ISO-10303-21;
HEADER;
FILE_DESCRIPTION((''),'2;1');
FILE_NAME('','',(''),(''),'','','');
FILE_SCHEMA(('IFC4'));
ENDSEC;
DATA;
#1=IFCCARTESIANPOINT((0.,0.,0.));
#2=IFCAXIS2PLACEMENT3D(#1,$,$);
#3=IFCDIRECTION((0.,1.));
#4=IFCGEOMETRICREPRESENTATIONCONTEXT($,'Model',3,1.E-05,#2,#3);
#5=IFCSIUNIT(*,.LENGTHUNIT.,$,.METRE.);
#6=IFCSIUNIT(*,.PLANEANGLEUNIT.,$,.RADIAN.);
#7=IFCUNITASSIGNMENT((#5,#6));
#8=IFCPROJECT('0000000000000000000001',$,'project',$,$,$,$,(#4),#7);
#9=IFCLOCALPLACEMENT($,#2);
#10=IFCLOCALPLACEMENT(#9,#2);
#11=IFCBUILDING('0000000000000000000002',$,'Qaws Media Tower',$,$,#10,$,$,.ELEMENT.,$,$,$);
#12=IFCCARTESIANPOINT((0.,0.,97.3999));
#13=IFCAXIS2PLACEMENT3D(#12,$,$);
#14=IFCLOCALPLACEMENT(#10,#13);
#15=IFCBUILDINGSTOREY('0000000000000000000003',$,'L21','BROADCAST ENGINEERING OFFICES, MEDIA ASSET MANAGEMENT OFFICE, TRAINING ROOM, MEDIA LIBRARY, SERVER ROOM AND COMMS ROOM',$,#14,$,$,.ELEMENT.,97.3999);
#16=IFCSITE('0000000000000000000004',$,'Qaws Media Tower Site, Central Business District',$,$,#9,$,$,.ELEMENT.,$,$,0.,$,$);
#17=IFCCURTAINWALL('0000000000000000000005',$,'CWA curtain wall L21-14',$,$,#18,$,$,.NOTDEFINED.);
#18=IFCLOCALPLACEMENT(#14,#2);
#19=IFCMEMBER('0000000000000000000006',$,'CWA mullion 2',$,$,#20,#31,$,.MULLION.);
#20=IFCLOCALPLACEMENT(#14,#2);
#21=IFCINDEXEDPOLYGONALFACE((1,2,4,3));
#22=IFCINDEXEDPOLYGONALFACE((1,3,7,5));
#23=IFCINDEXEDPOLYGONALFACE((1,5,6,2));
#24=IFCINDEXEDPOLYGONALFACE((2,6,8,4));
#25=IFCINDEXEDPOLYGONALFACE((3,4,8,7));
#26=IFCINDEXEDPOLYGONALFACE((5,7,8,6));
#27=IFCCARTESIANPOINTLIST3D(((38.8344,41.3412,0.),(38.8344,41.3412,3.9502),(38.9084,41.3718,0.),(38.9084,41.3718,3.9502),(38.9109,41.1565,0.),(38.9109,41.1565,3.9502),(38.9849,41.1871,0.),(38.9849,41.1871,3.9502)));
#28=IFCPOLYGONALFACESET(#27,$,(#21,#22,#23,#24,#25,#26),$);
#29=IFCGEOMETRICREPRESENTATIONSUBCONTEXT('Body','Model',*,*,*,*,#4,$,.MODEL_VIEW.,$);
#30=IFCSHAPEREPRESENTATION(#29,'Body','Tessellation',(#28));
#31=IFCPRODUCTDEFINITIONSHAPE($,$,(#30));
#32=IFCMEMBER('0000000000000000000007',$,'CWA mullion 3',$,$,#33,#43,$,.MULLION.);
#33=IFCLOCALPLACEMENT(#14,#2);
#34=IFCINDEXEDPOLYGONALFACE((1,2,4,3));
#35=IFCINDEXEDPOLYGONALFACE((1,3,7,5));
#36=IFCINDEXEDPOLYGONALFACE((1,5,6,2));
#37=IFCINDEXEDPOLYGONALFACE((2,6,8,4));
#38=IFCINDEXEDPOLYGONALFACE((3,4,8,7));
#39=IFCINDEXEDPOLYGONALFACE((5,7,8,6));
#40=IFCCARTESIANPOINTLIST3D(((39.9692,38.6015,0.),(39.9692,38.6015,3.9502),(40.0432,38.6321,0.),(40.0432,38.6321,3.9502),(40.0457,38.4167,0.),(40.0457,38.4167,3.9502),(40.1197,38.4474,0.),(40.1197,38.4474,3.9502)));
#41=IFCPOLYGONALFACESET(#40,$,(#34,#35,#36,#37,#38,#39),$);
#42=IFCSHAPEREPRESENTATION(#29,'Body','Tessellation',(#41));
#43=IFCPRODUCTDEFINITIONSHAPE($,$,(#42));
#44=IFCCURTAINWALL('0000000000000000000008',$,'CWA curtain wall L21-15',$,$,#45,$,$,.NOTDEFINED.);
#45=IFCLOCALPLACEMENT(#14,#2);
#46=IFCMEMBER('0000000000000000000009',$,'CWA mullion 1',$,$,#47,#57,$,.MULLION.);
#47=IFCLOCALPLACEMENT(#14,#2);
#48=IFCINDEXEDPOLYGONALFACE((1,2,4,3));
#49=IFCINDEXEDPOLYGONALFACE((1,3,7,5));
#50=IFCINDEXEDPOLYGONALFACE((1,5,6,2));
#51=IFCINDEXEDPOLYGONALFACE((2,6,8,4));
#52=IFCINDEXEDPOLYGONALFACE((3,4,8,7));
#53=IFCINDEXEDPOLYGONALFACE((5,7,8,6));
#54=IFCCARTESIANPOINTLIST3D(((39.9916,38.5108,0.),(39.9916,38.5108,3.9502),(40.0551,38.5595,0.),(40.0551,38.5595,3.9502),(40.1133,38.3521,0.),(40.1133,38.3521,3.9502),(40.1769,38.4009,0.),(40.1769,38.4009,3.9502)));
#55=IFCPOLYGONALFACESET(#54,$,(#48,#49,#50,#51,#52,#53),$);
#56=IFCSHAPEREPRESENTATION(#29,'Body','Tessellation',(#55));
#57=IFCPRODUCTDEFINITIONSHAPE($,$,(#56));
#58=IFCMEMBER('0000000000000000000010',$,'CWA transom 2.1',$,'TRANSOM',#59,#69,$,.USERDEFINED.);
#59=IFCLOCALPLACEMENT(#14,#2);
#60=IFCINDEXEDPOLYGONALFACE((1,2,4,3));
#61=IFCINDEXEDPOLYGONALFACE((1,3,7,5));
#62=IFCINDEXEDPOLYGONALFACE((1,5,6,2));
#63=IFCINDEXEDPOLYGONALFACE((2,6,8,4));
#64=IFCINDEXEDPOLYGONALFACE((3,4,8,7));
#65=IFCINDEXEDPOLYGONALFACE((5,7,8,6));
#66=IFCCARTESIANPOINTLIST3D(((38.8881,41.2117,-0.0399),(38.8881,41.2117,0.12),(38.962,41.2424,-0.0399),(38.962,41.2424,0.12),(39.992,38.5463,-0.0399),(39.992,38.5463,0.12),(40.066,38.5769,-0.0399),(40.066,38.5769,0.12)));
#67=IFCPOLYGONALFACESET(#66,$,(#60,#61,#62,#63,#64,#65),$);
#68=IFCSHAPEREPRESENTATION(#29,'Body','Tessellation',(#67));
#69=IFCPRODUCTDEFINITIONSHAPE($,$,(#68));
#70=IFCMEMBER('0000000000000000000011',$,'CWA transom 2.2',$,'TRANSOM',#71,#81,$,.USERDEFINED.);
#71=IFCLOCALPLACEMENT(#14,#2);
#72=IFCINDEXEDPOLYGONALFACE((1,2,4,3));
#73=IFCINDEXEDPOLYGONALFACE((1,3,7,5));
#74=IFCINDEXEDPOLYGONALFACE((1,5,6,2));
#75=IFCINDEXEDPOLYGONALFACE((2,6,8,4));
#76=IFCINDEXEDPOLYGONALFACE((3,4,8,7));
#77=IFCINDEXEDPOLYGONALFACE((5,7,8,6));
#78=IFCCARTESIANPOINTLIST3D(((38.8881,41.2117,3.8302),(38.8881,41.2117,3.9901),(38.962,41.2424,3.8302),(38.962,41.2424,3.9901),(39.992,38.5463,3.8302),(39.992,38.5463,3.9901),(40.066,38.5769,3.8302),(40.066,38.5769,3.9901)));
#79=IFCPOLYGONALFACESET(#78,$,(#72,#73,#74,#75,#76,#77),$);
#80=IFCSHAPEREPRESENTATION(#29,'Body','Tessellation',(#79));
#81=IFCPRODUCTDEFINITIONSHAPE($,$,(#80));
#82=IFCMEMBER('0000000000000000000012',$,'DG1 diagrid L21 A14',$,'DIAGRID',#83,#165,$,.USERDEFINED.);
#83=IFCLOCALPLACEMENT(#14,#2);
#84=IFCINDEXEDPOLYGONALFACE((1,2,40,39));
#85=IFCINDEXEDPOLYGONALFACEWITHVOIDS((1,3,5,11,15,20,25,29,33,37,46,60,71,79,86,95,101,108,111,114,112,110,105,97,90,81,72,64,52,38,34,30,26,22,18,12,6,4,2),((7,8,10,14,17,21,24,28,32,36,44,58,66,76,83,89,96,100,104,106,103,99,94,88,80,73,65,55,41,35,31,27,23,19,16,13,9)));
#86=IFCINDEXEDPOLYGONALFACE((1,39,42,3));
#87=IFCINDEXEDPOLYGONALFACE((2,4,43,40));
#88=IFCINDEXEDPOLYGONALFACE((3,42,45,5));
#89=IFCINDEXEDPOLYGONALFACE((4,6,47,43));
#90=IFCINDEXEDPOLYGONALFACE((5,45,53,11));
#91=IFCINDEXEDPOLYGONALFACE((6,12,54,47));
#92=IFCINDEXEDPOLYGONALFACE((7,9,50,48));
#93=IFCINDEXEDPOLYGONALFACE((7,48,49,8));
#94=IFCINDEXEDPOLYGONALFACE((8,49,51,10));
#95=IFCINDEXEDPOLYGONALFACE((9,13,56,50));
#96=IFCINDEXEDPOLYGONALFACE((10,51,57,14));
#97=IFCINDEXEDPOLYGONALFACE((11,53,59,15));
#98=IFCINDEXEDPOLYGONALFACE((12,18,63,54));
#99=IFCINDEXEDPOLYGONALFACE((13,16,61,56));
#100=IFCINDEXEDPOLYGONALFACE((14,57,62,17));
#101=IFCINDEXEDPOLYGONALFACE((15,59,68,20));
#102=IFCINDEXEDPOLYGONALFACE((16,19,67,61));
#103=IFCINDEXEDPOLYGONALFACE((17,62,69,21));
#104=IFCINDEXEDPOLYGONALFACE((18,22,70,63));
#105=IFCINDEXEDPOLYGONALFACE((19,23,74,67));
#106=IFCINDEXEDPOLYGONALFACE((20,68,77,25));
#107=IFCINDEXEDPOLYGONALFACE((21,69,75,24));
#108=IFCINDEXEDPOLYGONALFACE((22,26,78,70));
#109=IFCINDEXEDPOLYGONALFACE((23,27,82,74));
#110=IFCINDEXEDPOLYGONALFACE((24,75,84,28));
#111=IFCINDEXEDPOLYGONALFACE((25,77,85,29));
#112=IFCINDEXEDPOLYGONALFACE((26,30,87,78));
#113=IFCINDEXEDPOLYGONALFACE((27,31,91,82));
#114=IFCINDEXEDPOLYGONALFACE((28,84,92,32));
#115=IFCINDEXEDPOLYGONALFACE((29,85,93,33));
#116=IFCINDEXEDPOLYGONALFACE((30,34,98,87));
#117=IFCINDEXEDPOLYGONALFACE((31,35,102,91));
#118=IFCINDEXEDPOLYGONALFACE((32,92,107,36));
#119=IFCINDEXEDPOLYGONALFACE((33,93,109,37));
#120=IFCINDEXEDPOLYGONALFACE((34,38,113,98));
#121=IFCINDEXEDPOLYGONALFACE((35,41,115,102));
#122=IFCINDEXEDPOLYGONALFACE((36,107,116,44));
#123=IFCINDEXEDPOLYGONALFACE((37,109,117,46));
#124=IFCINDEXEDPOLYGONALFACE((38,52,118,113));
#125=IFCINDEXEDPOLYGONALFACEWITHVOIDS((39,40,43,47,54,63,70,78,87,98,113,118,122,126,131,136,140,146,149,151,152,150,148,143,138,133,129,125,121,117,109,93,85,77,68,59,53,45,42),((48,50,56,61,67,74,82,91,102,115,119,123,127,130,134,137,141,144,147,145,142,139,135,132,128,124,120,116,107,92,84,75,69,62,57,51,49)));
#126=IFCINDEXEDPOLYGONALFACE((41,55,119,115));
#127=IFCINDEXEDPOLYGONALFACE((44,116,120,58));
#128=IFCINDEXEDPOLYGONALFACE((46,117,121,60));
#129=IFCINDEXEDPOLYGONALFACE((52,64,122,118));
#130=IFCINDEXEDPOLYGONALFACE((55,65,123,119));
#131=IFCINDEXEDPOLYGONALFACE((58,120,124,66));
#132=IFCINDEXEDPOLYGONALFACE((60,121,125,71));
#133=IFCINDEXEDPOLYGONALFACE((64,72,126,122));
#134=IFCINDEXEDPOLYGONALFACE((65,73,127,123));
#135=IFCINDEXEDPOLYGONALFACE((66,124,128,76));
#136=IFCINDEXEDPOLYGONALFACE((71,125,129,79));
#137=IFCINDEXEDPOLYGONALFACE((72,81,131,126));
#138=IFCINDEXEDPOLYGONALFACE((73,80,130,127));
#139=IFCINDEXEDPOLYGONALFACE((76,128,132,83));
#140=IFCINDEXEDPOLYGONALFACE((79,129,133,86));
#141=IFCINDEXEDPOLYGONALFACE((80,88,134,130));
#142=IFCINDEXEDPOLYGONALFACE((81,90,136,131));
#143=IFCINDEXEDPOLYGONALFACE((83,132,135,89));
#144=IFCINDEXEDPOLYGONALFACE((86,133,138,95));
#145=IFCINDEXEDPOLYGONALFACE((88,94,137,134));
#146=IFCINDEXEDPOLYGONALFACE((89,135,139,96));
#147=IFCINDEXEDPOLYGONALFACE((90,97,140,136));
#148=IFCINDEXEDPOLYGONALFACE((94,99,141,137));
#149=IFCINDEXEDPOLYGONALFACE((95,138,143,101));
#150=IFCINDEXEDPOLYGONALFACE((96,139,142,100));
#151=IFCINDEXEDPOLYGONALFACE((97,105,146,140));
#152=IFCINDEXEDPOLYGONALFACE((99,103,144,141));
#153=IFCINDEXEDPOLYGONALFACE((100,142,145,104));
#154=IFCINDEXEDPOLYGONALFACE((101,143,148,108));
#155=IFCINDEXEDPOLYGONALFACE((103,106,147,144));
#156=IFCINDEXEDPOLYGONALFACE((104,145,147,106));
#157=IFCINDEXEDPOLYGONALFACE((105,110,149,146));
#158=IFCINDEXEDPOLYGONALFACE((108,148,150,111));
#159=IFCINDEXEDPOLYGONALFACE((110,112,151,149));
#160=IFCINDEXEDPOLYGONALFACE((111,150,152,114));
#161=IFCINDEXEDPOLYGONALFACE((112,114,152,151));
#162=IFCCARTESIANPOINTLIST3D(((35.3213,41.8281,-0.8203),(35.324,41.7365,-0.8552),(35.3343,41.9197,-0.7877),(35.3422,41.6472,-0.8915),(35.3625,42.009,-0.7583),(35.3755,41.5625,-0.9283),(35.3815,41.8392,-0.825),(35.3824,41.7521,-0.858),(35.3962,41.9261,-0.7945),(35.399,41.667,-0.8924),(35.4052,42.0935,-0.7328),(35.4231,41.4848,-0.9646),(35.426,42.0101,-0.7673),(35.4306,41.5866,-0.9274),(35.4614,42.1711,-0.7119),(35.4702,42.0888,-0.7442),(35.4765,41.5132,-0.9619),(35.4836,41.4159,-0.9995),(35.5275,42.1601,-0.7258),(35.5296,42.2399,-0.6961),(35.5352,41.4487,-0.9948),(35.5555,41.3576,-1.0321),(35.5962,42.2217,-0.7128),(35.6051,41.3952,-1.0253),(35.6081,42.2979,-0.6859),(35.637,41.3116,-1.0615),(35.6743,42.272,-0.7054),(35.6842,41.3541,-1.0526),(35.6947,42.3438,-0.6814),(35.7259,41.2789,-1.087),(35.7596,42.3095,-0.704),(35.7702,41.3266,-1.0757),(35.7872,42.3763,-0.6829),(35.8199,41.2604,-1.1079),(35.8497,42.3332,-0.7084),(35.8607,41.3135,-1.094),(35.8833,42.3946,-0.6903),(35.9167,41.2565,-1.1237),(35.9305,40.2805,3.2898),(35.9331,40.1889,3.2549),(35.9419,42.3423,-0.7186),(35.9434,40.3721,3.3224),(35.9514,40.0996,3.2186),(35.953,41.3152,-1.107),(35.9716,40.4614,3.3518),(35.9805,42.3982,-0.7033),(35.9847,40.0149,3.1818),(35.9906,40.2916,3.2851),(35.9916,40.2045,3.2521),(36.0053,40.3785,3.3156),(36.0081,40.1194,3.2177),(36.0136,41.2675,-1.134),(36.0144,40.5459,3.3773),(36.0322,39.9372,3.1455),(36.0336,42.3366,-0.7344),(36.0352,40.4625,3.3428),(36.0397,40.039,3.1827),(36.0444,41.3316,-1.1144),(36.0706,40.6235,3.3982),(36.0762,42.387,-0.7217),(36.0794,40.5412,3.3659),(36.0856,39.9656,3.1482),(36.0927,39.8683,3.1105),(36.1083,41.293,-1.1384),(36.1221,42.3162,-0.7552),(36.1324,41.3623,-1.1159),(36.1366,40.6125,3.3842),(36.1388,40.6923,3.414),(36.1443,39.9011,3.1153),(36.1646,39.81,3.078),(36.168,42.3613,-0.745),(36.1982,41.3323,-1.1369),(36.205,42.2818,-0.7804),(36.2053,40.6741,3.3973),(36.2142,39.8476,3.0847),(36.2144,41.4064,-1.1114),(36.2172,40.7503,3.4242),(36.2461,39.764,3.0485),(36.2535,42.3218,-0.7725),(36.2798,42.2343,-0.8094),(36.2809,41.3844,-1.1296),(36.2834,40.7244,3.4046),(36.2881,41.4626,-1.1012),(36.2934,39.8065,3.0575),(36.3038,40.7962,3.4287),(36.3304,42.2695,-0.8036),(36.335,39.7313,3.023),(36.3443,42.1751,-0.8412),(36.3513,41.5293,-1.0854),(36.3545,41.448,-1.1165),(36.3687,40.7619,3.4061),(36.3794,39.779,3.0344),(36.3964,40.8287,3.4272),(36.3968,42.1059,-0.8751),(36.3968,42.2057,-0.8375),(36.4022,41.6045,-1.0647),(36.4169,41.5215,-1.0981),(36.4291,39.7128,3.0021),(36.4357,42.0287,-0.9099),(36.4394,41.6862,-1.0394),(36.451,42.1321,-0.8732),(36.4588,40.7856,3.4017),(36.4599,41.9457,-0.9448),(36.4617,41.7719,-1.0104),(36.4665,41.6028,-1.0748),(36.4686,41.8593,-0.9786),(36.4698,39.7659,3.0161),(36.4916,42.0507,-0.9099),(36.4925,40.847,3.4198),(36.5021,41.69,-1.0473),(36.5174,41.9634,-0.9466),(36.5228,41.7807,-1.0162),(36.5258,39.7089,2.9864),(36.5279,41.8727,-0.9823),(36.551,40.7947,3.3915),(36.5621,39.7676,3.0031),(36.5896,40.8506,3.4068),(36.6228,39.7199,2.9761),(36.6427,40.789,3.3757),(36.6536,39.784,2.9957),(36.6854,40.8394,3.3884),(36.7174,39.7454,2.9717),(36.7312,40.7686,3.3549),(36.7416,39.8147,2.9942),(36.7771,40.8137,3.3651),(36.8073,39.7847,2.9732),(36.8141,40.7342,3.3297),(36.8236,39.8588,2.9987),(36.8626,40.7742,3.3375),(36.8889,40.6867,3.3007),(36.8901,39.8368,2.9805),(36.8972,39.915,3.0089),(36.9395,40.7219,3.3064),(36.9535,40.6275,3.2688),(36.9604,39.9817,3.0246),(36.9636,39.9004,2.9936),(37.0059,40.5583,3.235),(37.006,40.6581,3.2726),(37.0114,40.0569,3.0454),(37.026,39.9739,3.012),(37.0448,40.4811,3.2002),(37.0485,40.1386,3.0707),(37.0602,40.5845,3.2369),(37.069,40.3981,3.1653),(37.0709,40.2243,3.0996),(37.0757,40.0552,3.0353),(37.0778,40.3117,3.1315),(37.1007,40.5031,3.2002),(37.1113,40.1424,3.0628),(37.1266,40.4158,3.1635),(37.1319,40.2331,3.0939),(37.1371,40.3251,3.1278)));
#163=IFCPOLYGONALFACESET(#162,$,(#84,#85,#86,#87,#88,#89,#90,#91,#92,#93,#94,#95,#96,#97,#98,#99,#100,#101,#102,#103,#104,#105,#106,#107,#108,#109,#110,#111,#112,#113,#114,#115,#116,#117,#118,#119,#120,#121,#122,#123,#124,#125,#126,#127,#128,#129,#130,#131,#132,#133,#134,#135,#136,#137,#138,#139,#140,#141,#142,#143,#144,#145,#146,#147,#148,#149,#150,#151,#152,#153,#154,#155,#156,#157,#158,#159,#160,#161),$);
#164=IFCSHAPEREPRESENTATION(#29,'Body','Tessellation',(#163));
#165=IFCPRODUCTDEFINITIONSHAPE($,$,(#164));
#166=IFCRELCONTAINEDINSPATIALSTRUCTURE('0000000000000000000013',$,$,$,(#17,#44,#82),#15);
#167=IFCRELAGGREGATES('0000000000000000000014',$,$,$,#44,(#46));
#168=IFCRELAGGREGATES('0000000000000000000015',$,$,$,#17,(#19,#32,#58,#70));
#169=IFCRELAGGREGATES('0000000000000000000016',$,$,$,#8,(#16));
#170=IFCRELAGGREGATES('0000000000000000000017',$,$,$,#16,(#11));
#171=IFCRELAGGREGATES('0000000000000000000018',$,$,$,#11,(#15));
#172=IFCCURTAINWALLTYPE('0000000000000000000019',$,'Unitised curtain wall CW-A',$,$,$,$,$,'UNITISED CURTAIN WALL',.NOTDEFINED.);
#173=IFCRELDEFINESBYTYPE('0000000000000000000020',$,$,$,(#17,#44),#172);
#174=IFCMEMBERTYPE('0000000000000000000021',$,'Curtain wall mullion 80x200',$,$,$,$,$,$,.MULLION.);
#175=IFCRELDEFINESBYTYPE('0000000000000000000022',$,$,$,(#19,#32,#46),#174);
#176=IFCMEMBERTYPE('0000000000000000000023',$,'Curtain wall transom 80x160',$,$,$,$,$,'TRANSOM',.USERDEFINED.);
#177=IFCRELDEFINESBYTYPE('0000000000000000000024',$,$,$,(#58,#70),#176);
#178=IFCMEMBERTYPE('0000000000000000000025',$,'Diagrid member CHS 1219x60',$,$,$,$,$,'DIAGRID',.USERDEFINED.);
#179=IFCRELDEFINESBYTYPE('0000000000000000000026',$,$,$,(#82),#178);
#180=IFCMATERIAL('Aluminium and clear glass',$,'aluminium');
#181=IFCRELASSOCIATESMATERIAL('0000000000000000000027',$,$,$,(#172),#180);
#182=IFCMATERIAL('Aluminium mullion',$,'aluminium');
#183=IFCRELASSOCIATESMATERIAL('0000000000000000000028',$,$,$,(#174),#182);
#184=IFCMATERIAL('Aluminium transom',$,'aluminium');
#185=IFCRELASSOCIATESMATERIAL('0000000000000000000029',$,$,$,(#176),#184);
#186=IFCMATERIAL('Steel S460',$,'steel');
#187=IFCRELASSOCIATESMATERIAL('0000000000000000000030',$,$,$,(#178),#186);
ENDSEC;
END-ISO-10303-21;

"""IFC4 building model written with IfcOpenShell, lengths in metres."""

from ifc_helpers import new_model, si_unit, direction, frame, origin, origin_2d, place, context, subcontext, project, spatial, rectangle, hollow_circle, extrude, material, material_profile, profile_set, type_object, element, aggregate, save


model = new_model("IFC4")

# Units and contexts
model_context = context("Model", 3, precision=1e-05, world=origin(), true_north=direction((0.0, 1.0)))
body_context = subcontext(model_context, "Body", "Model", "MODEL_VIEW")
ifc_project = project(units=[si_unit("LENGTHUNIT", "METRE"), si_unit("PLANEANGLEUNIT", "RADIAN")], contexts=[model_context])

# Site, building, storey
site_placement = place(None, origin())
site = spatial("IfcSite", under=ifc_project, at=site_placement, Name="Qaws Media Tower Site, Central Business District", CompositionType="ELEMENT", RefElevation=0.0)
building_placement = place(site_placement, origin())
building = spatial("IfcBuilding", under=site, at=building_placement, Name="Qaws Media Tower", CompositionType="ELEMENT")
storey_placement = place(building_placement, frame((0.0, 0.0, 97.3999)))
storey = spatial("IfcBuildingStorey", under=building, at=storey_placement, Name="L21", Description="BROADCAST ENGINEERING OFFICES, MEDIA ASSET MANAGEMENT OFFICE, TRAINING ROOM, MEDIA LIBRARY, SERVER ROOM AND COMMS ROOM", CompositionType="ELEMENT", Elevation=97.3999)

# Curtain wall, members
ifc_material_1 = material(Name="Aluminium and clear glass", Category="aluminium")
curtain_wall_type = type_object("IfcCurtainWallType", Name="Unitised curtain wall CW-A", ElementType="UNITISED CURTAIN WALL", PredefinedType="NOTDEFINED", material=ifc_material_1)
curtain_wall_1_placement = place(storey_placement, origin())
curtain_wall_1 = element("IfcCurtainWall", 1, at=curtain_wall_1_placement, inside=storey, type_object=curtain_wall_type, Name="CWA curtain wall L21-14", PredefinedType="NOTDEFINED")
ifc_material_2 = material(Name="Aluminium mullion", Category="aluminium")
ifc_material_profile_1 = material_profile(ifc_material_2, rectangle(XDim=0.0801, YDim=0.2, at=origin_2d()), Name="80x200")
ifc_profile_set_1 = profile_set([ifc_material_profile_1], Name="Aluminium mullion")
member_type_1 = type_object("IfcMemberType", Name="Curtain wall mullion 80x200", PredefinedType="MULLION", material=ifc_profile_set_1)
member_1_placement = place(storey_placement, frame((38.9097, 41.2642, 0.0), z_axis=(0.0, 0.0, 1.0), x_axis=(0.92388, 0.382683, 0.0)))
member_1 = element("IfcMember", 2, at=member_1_placement, type_object=member_type_1, Name="CWA mullion 2", PredefinedType="MULLION", context=body_context, shape_type="SweptSolid", body=[
    extrude(rectangle(XDim=0.0801, YDim=0.2, at=origin_2d()), origin(), (0.0, 0.0, 1.0), 3.9502),
])
member_2_placement = place(storey_placement, frame((40.0444, 38.5244, 0.0), z_axis=(0.0, 0.0, 1.0), x_axis=(0.92388, 0.382683, 0.0)))
member_2 = element("IfcMember", 3, at=member_2_placement, type_object=member_type_1, Name="CWA mullion 3", PredefinedType="MULLION", context=body_context, shape_type="SweptSolid", body=[
    extrude(rectangle(XDim=0.0801, YDim=0.2, at=origin_2d()), origin(), (0.0, 0.0, 1.0), 3.9502),
])

# Curtain wall, member
curtain_wall_2_placement = place(storey_placement, origin())
curtain_wall_2 = element("IfcCurtainWall", 4, at=curtain_wall_2_placement, inside=storey, type_object=curtain_wall_type, Name="CWA curtain wall L21-15", PredefinedType="NOTDEFINED")
member_3_placement = place(storey_placement, frame((40.0842, 38.4558, 0.0), z_axis=(0.0, 0.0, 1.0), x_axis=(0.793353, 0.608761, 0.0)))
member_3 = element("IfcMember", 5, at=member_3_placement, type_object=member_type_1, Name="CWA mullion 1", PredefinedType="MULLION", context=body_context, shape_type="SweptSolid", body=[
    extrude(rectangle(XDim=0.0801, YDim=0.2, at=origin_2d()), origin(), (0.0, 0.0, 1.0), 3.9502),
])
aggregate(curtain_wall_2, [member_3])

# Members
ifc_material_3 = material(Name="Aluminium transom", Category="aluminium")
ifc_material_profile_2 = material_profile(ifc_material_3, rectangle(XDim=0.0801, YDim=0.1599, at=origin_2d()), Name="80x160")
ifc_profile_set_2 = profile_set([ifc_material_profile_2], Name="Aluminium transom")
member_type_2 = type_object("IfcMemberType", Name="Curtain wall transom 80x160", ElementType="TRANSOM", PredefinedType="USERDEFINED", material=ifc_profile_set_2)
member_4_placement = place(storey_placement, frame((38.925, 41.2271, 0.04), z_axis=(0.382656, -0.923891, 0.0), x_axis=(0.923891, 0.382656, 0.0)))
member_4 = element("IfcMember", 6, at=member_4_placement, type_object=member_type_2, Name="CWA transom 2.1", ObjectType="TRANSOM", PredefinedType="USERDEFINED", context=body_context, shape_type="SweptSolid", body=[
    extrude(rectangle(XDim=0.0801, YDim=0.1599, at=origin_2d()), origin(), (0.0, 0.0, 1.0), 2.885),
])
member_5_placement = place(storey_placement, frame((38.925, 41.2271, 3.9102), z_axis=(0.382656, -0.923891, 0.0), x_axis=(0.923891, 0.382656, 0.0)))
member_5 = element("IfcMember", 7, at=member_5_placement, type_object=member_type_2, Name="CWA transom 2.2", ObjectType="TRANSOM", PredefinedType="USERDEFINED", context=body_context, shape_type="SweptSolid", body=[
    extrude(rectangle(XDim=0.0801, YDim=0.1599, at=origin_2d()), origin(), (0.0, 0.0, 1.0), 2.885),
])

# Member
ifc_material_4 = material(Name="Steel S460", Category="steel")
ifc_material_profile_3 = material_profile(ifc_material_4, hollow_circle(Radius=0.6096, WallThickness=0.0601, at=origin_2d()), Name="CHS 1219x60")
ifc_profile_set_3 = profile_set([ifc_material_profile_3], Name="Steel S460")
member_type_3 = type_object("IfcMemberType", Name="Diagrid member CHS 1219x60", ElementType="DIAGRID", PredefinedType="USERDEFINED", material=ifc_profile_set_3)
for number, where, z_axis, x_axis, name in (
    (8, (35.9243, 41.8274, -0.9099), (0.137382, -0.349043, 0.926982), (0.930518, 0.366247, 0.0), "DG1 diagrid L21 A14"),
):
    element("IfcMember", number, at=place(storey_placement, frame(where, z_axis=z_axis, x_axis=x_axis)), inside=storey, type_object=member_type_3, Name=name, ObjectType="DIAGRID", PredefinedType="USERDEFINED", context=body_context, shape_type="SweptSolid", body=[
        extrude(hollow_circle(Radius=0.6096, WallThickness=0.0601, at=origin_2d()), origin(), (0.0, 0.0, 1.0), 4.4338),
    ])

aggregate(curtain_wall_1, [member_1, member_2, member_4, member_5])

save(model, "model.ifc")
